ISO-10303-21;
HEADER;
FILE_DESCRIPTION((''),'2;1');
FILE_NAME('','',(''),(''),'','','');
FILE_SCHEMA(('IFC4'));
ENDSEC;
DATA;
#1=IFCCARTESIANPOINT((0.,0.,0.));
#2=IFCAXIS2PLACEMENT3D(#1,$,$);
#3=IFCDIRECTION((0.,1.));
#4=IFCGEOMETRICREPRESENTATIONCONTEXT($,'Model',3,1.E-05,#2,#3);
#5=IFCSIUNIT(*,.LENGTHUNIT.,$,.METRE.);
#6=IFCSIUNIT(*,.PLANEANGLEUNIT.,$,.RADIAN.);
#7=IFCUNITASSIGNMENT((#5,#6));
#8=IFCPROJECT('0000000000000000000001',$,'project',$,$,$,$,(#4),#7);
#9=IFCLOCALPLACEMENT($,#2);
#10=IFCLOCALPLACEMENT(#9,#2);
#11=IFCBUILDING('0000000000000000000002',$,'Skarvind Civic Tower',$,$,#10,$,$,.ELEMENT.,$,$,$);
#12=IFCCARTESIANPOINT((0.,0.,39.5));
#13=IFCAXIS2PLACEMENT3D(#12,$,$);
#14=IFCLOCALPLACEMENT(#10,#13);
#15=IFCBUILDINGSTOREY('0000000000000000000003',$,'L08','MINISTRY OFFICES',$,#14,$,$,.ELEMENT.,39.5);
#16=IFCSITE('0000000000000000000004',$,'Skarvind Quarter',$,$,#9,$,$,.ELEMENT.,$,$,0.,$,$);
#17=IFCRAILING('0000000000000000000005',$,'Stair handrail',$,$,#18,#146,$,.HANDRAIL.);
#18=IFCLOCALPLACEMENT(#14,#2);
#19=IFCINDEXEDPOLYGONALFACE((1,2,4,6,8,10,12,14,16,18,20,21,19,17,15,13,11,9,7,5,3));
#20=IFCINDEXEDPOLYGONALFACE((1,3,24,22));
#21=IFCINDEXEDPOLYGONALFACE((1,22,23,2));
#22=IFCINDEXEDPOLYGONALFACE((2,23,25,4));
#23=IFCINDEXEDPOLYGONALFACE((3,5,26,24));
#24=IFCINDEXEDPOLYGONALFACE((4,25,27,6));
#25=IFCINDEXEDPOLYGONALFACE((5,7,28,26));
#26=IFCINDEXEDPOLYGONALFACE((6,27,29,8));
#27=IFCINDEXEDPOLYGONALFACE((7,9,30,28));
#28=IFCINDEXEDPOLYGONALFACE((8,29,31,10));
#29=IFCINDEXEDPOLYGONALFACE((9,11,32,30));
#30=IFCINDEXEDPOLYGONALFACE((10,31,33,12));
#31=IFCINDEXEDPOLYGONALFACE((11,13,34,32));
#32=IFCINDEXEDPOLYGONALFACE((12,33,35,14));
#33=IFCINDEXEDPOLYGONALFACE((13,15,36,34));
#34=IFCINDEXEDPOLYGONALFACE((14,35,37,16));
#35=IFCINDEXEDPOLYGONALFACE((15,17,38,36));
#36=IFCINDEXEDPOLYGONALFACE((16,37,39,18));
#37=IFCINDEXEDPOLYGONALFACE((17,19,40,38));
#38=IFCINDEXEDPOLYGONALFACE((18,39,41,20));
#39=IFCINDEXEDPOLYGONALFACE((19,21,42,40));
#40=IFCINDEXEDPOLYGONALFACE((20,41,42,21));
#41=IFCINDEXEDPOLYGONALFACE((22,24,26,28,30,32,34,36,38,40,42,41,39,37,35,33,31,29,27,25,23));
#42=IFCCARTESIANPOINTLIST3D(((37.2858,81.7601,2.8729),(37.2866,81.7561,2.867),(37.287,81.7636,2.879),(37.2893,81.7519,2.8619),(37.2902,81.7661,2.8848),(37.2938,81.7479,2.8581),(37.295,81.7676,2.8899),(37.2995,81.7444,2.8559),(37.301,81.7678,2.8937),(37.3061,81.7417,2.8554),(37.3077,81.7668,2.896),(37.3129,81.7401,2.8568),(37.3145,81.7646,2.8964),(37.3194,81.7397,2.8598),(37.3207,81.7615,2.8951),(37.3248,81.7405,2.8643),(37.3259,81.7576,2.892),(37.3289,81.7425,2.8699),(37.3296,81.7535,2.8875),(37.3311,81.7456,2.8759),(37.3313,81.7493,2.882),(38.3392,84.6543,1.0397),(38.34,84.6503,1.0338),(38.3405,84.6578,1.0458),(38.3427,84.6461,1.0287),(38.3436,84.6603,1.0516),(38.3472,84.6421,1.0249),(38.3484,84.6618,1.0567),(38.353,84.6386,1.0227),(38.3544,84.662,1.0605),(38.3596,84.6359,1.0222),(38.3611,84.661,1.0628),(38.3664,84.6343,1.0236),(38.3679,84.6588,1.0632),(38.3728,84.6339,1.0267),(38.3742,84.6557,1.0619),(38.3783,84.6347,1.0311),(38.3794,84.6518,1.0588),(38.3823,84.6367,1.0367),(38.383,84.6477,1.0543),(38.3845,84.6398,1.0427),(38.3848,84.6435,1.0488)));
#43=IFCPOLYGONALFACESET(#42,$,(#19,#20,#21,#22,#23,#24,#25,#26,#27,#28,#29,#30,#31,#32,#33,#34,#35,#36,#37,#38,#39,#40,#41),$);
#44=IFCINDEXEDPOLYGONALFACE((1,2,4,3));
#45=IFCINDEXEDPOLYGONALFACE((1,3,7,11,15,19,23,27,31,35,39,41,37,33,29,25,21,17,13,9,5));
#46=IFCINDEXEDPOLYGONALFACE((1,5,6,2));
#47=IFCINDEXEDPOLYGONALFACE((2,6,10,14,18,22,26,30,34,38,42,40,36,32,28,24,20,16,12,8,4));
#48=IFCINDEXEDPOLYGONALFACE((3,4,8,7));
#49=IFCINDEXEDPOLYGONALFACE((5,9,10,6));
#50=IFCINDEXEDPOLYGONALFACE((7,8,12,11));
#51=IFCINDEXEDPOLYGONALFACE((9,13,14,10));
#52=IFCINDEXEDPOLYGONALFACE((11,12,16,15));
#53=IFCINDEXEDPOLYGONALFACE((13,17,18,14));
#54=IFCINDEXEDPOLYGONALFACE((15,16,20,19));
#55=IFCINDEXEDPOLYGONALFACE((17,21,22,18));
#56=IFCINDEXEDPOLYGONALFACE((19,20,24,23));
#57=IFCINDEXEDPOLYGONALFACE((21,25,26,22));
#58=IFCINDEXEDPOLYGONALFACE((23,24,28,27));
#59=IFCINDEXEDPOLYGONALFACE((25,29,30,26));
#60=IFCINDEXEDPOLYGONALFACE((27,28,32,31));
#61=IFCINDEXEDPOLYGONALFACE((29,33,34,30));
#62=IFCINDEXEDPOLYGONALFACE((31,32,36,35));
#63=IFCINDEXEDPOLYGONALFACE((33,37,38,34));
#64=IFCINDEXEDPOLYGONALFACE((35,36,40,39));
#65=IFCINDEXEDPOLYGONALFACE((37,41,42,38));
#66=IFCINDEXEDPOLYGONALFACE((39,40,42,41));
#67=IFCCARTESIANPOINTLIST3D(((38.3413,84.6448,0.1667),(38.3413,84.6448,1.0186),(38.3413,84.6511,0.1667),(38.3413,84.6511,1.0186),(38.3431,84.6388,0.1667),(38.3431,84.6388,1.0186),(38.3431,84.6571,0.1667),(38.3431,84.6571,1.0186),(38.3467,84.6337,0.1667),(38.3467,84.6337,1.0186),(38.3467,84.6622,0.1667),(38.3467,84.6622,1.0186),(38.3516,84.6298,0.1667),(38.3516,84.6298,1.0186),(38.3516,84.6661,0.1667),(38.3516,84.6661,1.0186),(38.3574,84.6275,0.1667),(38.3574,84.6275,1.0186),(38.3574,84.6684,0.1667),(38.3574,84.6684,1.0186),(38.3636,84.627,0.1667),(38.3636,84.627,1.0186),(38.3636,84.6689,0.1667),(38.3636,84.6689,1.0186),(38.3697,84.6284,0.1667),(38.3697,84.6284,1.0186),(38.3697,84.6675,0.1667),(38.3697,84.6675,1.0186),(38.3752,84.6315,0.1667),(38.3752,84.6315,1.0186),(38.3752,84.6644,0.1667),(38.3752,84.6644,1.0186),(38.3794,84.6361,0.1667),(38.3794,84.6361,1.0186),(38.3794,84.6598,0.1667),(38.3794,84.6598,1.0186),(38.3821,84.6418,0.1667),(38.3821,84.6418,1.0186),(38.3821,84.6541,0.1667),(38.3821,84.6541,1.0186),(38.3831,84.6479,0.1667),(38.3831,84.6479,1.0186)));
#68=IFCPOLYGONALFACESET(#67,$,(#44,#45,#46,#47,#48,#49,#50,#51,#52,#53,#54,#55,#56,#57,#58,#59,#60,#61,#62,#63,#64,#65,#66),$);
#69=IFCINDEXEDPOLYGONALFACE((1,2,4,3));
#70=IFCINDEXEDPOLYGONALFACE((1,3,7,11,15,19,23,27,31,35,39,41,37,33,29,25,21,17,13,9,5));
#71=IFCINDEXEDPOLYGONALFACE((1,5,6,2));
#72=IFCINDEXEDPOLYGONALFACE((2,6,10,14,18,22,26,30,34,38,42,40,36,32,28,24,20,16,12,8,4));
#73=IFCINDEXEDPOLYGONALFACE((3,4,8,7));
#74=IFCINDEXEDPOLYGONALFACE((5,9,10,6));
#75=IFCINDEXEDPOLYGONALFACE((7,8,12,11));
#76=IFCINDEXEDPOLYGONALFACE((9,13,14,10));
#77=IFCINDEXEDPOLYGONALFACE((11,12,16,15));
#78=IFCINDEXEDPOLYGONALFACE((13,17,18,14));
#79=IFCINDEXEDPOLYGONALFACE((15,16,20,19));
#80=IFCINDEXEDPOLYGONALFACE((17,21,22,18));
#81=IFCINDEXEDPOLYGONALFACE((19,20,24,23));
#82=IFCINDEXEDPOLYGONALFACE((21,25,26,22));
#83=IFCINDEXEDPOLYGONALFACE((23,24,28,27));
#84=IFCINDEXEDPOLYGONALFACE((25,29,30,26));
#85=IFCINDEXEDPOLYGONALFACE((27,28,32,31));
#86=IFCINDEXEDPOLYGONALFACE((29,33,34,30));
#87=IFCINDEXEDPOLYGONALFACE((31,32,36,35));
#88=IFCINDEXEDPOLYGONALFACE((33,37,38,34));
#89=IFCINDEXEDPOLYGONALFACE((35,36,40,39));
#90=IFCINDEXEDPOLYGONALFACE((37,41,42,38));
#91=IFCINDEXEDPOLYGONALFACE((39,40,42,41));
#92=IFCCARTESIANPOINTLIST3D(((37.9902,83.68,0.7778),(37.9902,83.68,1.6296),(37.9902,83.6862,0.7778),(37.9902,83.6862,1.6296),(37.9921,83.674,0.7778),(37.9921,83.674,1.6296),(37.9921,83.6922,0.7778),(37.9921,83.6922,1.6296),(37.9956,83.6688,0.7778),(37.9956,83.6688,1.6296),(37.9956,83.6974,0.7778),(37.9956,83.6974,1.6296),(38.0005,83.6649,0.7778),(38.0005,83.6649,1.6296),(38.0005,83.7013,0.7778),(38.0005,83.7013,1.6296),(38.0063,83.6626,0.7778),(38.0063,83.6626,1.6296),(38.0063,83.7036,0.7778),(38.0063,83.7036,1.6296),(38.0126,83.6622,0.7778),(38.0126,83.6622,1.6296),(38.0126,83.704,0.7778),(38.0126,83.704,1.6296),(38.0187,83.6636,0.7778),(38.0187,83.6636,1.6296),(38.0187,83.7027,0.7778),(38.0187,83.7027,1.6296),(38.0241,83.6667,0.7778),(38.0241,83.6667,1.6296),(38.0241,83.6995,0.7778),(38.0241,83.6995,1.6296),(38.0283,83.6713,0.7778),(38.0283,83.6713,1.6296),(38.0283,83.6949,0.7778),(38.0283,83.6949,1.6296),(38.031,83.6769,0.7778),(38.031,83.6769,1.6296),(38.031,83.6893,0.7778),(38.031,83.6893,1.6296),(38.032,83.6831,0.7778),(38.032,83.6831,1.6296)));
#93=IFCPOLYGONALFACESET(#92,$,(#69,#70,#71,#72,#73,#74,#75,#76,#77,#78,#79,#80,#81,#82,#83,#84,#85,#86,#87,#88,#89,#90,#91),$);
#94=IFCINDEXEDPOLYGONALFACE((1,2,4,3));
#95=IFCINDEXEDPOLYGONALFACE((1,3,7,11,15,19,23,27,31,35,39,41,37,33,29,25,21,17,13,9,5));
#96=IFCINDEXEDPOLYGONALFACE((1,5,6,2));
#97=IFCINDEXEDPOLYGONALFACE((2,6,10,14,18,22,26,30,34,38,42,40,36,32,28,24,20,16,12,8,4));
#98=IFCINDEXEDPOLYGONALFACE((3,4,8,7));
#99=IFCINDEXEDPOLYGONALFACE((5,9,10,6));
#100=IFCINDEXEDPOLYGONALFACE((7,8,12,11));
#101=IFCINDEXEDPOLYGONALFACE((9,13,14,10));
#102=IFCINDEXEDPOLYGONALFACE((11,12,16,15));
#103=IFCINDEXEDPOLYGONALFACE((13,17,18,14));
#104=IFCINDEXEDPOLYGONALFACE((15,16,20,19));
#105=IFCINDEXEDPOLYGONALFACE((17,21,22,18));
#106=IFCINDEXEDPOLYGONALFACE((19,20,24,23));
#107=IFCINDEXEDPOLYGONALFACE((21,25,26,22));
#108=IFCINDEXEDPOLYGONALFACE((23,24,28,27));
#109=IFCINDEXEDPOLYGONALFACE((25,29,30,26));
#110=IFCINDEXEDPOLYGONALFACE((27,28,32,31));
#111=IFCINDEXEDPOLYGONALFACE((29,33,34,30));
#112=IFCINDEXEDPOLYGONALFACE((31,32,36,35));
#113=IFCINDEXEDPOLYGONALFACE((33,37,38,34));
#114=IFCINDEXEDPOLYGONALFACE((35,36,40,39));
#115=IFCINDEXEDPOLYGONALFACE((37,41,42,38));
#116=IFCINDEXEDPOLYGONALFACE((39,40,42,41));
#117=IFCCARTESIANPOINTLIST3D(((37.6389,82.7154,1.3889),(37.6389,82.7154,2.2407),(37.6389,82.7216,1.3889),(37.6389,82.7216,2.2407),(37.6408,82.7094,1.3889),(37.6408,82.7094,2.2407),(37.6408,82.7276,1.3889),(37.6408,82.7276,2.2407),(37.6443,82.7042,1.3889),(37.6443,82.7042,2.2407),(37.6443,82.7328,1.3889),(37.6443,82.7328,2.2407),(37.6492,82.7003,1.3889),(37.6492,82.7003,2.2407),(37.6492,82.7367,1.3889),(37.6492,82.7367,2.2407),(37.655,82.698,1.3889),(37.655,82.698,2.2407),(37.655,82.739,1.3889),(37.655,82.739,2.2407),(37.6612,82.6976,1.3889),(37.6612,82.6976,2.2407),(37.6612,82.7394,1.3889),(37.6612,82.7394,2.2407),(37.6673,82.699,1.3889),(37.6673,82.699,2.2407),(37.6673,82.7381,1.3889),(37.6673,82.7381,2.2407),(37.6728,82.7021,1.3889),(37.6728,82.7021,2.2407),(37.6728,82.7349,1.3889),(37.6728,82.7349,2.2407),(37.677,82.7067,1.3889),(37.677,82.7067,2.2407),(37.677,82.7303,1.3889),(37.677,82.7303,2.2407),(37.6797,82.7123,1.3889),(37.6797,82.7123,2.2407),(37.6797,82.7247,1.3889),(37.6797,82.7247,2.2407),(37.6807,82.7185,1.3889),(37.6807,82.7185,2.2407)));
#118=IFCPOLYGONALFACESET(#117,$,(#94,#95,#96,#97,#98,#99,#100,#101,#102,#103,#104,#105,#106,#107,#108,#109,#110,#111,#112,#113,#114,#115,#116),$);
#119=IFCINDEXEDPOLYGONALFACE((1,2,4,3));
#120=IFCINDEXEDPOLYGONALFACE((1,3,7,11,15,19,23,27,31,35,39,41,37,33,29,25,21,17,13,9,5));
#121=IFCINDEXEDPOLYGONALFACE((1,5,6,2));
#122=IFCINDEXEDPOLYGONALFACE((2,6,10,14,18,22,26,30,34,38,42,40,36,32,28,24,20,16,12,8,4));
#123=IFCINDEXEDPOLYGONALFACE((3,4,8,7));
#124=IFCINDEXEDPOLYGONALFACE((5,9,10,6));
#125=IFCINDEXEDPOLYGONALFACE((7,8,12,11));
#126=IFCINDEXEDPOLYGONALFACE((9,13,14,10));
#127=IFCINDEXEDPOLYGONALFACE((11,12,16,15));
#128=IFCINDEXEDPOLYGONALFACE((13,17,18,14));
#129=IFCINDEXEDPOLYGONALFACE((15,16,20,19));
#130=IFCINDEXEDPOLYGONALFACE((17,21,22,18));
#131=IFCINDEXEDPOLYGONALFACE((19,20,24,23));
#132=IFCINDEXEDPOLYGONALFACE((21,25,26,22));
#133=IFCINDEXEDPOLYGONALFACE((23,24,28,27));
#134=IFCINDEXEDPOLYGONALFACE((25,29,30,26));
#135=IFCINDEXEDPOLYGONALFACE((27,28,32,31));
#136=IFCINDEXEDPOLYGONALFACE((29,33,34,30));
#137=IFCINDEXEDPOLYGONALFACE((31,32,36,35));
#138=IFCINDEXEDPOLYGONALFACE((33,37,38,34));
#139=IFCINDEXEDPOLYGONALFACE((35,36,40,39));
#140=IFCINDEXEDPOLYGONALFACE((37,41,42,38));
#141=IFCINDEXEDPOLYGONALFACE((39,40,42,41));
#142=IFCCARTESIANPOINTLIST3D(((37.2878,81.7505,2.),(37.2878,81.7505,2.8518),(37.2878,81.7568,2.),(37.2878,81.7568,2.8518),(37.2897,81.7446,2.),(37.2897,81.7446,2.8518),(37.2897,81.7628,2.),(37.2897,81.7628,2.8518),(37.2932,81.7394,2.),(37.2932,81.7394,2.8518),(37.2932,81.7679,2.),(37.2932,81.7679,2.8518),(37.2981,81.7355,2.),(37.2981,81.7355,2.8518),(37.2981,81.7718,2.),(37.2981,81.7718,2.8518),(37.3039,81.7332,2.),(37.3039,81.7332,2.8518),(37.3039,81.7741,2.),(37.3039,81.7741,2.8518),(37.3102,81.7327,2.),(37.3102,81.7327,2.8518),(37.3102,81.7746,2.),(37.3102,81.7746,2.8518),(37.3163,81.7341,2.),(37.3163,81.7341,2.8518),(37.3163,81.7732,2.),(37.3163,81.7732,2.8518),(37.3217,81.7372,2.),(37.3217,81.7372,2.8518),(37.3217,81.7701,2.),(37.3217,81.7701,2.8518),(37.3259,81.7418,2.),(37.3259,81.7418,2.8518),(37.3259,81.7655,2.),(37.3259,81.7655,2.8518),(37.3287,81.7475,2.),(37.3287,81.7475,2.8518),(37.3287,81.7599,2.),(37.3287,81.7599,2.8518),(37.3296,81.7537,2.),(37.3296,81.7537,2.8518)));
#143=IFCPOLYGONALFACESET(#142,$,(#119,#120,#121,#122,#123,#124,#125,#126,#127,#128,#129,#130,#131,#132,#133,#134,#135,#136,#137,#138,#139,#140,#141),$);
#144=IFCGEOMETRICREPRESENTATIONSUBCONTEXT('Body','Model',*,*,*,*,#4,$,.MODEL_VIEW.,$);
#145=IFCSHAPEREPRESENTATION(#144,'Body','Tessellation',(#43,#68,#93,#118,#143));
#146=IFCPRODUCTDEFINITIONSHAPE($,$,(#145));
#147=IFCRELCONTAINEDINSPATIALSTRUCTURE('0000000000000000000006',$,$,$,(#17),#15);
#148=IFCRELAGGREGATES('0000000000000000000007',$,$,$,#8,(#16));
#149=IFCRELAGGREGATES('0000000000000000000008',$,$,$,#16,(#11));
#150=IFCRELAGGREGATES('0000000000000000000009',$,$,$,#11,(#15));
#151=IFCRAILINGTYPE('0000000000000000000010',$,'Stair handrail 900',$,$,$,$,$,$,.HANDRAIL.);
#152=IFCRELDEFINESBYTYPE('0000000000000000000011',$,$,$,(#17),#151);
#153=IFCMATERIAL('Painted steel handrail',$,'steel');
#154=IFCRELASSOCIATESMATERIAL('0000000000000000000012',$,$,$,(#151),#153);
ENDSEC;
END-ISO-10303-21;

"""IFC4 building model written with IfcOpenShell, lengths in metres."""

from ifc_helpers import new_model, si_unit, direction, frame, origin, origin_2d, place, context, subcontext, project, spatial, circle, extrude, material, type_object, element, save


model = new_model("IFC4")

# Units and contexts
model_context = context("Model", 3, precision=1e-05, world=origin(), true_north=direction((0.0, 1.0)))
body_context = subcontext(model_context, "Body", "Model", "MODEL_VIEW")
ifc_project = project(units=[si_unit("LENGTHUNIT", "METRE"), si_unit("PLANEANGLEUNIT", "RADIAN")], contexts=[model_context])

# Site, building, storey
site_placement = place(None, origin())
site = spatial("IfcSite", under=ifc_project, at=site_placement, Name="Skarvind Quarter", CompositionType="ELEMENT", RefElevation=0.0)
building_placement = place(site_placement, origin())
building = spatial("IfcBuilding", under=site, at=building_placement, Name="Skarvind Civic Tower", CompositionType="ELEMENT")
storey_placement = place(building_placement, frame((0.0, 0.0, 39.5)))
storey = spatial("IfcBuildingStorey", under=building, at=storey_placement, Name="L08", Description="MINISTRY OFFICES", CompositionType="ELEMENT", Elevation=39.5)

# Railing
ifc_material_1 = material(Name="Painted steel handrail", Category="steel")
railing_type = type_object("IfcRailingType", Name="Stair handrail 900", PredefinedType="HANDRAIL", material=ifc_material_1)
railing_1_placement = place(storey_placement, frame((38.3621, 84.6479, 0.1667)))
element("IfcRailing", 1, at=railing_1_placement, inside=storey, type_object=railing_type, Name="Stair handrail", PredefinedType="HANDRAIL", context=body_context, shape_type="SweptSolid", body=[
    extrude(circle(Radius=0.0239, at=origin_2d()), frame((0.0, 0.0, 0.876), z_axis=(-0.293908, -0.807481, 0.511461), x_axis=(0.939689, -0.342029, 0.0)), (0.0, 0.0, 1.0), 3.5842),
    extrude(circle(Radius=0.021, at=origin_2d()), origin(), (0.0, 0.0, 1.0), 0.8518),
    extrude(circle(Radius=0.021, at=origin_2d()), frame((-0.3511, -0.9648, 0.6111)), (0.0, 0.0, 1.0), 0.8518),
    extrude(circle(Radius=0.021, at=origin_2d()), frame((-0.7024, -1.9294, 1.2222)), (0.0, 0.0, 1.0), 0.8518),
    extrude(circle(Radius=0.021, at=origin_2d()), frame((-1.0535, -2.8943, 1.8333)), (0.0, 0.0, 1.0), 0.8518),
])

save(model, "model.ifc")
